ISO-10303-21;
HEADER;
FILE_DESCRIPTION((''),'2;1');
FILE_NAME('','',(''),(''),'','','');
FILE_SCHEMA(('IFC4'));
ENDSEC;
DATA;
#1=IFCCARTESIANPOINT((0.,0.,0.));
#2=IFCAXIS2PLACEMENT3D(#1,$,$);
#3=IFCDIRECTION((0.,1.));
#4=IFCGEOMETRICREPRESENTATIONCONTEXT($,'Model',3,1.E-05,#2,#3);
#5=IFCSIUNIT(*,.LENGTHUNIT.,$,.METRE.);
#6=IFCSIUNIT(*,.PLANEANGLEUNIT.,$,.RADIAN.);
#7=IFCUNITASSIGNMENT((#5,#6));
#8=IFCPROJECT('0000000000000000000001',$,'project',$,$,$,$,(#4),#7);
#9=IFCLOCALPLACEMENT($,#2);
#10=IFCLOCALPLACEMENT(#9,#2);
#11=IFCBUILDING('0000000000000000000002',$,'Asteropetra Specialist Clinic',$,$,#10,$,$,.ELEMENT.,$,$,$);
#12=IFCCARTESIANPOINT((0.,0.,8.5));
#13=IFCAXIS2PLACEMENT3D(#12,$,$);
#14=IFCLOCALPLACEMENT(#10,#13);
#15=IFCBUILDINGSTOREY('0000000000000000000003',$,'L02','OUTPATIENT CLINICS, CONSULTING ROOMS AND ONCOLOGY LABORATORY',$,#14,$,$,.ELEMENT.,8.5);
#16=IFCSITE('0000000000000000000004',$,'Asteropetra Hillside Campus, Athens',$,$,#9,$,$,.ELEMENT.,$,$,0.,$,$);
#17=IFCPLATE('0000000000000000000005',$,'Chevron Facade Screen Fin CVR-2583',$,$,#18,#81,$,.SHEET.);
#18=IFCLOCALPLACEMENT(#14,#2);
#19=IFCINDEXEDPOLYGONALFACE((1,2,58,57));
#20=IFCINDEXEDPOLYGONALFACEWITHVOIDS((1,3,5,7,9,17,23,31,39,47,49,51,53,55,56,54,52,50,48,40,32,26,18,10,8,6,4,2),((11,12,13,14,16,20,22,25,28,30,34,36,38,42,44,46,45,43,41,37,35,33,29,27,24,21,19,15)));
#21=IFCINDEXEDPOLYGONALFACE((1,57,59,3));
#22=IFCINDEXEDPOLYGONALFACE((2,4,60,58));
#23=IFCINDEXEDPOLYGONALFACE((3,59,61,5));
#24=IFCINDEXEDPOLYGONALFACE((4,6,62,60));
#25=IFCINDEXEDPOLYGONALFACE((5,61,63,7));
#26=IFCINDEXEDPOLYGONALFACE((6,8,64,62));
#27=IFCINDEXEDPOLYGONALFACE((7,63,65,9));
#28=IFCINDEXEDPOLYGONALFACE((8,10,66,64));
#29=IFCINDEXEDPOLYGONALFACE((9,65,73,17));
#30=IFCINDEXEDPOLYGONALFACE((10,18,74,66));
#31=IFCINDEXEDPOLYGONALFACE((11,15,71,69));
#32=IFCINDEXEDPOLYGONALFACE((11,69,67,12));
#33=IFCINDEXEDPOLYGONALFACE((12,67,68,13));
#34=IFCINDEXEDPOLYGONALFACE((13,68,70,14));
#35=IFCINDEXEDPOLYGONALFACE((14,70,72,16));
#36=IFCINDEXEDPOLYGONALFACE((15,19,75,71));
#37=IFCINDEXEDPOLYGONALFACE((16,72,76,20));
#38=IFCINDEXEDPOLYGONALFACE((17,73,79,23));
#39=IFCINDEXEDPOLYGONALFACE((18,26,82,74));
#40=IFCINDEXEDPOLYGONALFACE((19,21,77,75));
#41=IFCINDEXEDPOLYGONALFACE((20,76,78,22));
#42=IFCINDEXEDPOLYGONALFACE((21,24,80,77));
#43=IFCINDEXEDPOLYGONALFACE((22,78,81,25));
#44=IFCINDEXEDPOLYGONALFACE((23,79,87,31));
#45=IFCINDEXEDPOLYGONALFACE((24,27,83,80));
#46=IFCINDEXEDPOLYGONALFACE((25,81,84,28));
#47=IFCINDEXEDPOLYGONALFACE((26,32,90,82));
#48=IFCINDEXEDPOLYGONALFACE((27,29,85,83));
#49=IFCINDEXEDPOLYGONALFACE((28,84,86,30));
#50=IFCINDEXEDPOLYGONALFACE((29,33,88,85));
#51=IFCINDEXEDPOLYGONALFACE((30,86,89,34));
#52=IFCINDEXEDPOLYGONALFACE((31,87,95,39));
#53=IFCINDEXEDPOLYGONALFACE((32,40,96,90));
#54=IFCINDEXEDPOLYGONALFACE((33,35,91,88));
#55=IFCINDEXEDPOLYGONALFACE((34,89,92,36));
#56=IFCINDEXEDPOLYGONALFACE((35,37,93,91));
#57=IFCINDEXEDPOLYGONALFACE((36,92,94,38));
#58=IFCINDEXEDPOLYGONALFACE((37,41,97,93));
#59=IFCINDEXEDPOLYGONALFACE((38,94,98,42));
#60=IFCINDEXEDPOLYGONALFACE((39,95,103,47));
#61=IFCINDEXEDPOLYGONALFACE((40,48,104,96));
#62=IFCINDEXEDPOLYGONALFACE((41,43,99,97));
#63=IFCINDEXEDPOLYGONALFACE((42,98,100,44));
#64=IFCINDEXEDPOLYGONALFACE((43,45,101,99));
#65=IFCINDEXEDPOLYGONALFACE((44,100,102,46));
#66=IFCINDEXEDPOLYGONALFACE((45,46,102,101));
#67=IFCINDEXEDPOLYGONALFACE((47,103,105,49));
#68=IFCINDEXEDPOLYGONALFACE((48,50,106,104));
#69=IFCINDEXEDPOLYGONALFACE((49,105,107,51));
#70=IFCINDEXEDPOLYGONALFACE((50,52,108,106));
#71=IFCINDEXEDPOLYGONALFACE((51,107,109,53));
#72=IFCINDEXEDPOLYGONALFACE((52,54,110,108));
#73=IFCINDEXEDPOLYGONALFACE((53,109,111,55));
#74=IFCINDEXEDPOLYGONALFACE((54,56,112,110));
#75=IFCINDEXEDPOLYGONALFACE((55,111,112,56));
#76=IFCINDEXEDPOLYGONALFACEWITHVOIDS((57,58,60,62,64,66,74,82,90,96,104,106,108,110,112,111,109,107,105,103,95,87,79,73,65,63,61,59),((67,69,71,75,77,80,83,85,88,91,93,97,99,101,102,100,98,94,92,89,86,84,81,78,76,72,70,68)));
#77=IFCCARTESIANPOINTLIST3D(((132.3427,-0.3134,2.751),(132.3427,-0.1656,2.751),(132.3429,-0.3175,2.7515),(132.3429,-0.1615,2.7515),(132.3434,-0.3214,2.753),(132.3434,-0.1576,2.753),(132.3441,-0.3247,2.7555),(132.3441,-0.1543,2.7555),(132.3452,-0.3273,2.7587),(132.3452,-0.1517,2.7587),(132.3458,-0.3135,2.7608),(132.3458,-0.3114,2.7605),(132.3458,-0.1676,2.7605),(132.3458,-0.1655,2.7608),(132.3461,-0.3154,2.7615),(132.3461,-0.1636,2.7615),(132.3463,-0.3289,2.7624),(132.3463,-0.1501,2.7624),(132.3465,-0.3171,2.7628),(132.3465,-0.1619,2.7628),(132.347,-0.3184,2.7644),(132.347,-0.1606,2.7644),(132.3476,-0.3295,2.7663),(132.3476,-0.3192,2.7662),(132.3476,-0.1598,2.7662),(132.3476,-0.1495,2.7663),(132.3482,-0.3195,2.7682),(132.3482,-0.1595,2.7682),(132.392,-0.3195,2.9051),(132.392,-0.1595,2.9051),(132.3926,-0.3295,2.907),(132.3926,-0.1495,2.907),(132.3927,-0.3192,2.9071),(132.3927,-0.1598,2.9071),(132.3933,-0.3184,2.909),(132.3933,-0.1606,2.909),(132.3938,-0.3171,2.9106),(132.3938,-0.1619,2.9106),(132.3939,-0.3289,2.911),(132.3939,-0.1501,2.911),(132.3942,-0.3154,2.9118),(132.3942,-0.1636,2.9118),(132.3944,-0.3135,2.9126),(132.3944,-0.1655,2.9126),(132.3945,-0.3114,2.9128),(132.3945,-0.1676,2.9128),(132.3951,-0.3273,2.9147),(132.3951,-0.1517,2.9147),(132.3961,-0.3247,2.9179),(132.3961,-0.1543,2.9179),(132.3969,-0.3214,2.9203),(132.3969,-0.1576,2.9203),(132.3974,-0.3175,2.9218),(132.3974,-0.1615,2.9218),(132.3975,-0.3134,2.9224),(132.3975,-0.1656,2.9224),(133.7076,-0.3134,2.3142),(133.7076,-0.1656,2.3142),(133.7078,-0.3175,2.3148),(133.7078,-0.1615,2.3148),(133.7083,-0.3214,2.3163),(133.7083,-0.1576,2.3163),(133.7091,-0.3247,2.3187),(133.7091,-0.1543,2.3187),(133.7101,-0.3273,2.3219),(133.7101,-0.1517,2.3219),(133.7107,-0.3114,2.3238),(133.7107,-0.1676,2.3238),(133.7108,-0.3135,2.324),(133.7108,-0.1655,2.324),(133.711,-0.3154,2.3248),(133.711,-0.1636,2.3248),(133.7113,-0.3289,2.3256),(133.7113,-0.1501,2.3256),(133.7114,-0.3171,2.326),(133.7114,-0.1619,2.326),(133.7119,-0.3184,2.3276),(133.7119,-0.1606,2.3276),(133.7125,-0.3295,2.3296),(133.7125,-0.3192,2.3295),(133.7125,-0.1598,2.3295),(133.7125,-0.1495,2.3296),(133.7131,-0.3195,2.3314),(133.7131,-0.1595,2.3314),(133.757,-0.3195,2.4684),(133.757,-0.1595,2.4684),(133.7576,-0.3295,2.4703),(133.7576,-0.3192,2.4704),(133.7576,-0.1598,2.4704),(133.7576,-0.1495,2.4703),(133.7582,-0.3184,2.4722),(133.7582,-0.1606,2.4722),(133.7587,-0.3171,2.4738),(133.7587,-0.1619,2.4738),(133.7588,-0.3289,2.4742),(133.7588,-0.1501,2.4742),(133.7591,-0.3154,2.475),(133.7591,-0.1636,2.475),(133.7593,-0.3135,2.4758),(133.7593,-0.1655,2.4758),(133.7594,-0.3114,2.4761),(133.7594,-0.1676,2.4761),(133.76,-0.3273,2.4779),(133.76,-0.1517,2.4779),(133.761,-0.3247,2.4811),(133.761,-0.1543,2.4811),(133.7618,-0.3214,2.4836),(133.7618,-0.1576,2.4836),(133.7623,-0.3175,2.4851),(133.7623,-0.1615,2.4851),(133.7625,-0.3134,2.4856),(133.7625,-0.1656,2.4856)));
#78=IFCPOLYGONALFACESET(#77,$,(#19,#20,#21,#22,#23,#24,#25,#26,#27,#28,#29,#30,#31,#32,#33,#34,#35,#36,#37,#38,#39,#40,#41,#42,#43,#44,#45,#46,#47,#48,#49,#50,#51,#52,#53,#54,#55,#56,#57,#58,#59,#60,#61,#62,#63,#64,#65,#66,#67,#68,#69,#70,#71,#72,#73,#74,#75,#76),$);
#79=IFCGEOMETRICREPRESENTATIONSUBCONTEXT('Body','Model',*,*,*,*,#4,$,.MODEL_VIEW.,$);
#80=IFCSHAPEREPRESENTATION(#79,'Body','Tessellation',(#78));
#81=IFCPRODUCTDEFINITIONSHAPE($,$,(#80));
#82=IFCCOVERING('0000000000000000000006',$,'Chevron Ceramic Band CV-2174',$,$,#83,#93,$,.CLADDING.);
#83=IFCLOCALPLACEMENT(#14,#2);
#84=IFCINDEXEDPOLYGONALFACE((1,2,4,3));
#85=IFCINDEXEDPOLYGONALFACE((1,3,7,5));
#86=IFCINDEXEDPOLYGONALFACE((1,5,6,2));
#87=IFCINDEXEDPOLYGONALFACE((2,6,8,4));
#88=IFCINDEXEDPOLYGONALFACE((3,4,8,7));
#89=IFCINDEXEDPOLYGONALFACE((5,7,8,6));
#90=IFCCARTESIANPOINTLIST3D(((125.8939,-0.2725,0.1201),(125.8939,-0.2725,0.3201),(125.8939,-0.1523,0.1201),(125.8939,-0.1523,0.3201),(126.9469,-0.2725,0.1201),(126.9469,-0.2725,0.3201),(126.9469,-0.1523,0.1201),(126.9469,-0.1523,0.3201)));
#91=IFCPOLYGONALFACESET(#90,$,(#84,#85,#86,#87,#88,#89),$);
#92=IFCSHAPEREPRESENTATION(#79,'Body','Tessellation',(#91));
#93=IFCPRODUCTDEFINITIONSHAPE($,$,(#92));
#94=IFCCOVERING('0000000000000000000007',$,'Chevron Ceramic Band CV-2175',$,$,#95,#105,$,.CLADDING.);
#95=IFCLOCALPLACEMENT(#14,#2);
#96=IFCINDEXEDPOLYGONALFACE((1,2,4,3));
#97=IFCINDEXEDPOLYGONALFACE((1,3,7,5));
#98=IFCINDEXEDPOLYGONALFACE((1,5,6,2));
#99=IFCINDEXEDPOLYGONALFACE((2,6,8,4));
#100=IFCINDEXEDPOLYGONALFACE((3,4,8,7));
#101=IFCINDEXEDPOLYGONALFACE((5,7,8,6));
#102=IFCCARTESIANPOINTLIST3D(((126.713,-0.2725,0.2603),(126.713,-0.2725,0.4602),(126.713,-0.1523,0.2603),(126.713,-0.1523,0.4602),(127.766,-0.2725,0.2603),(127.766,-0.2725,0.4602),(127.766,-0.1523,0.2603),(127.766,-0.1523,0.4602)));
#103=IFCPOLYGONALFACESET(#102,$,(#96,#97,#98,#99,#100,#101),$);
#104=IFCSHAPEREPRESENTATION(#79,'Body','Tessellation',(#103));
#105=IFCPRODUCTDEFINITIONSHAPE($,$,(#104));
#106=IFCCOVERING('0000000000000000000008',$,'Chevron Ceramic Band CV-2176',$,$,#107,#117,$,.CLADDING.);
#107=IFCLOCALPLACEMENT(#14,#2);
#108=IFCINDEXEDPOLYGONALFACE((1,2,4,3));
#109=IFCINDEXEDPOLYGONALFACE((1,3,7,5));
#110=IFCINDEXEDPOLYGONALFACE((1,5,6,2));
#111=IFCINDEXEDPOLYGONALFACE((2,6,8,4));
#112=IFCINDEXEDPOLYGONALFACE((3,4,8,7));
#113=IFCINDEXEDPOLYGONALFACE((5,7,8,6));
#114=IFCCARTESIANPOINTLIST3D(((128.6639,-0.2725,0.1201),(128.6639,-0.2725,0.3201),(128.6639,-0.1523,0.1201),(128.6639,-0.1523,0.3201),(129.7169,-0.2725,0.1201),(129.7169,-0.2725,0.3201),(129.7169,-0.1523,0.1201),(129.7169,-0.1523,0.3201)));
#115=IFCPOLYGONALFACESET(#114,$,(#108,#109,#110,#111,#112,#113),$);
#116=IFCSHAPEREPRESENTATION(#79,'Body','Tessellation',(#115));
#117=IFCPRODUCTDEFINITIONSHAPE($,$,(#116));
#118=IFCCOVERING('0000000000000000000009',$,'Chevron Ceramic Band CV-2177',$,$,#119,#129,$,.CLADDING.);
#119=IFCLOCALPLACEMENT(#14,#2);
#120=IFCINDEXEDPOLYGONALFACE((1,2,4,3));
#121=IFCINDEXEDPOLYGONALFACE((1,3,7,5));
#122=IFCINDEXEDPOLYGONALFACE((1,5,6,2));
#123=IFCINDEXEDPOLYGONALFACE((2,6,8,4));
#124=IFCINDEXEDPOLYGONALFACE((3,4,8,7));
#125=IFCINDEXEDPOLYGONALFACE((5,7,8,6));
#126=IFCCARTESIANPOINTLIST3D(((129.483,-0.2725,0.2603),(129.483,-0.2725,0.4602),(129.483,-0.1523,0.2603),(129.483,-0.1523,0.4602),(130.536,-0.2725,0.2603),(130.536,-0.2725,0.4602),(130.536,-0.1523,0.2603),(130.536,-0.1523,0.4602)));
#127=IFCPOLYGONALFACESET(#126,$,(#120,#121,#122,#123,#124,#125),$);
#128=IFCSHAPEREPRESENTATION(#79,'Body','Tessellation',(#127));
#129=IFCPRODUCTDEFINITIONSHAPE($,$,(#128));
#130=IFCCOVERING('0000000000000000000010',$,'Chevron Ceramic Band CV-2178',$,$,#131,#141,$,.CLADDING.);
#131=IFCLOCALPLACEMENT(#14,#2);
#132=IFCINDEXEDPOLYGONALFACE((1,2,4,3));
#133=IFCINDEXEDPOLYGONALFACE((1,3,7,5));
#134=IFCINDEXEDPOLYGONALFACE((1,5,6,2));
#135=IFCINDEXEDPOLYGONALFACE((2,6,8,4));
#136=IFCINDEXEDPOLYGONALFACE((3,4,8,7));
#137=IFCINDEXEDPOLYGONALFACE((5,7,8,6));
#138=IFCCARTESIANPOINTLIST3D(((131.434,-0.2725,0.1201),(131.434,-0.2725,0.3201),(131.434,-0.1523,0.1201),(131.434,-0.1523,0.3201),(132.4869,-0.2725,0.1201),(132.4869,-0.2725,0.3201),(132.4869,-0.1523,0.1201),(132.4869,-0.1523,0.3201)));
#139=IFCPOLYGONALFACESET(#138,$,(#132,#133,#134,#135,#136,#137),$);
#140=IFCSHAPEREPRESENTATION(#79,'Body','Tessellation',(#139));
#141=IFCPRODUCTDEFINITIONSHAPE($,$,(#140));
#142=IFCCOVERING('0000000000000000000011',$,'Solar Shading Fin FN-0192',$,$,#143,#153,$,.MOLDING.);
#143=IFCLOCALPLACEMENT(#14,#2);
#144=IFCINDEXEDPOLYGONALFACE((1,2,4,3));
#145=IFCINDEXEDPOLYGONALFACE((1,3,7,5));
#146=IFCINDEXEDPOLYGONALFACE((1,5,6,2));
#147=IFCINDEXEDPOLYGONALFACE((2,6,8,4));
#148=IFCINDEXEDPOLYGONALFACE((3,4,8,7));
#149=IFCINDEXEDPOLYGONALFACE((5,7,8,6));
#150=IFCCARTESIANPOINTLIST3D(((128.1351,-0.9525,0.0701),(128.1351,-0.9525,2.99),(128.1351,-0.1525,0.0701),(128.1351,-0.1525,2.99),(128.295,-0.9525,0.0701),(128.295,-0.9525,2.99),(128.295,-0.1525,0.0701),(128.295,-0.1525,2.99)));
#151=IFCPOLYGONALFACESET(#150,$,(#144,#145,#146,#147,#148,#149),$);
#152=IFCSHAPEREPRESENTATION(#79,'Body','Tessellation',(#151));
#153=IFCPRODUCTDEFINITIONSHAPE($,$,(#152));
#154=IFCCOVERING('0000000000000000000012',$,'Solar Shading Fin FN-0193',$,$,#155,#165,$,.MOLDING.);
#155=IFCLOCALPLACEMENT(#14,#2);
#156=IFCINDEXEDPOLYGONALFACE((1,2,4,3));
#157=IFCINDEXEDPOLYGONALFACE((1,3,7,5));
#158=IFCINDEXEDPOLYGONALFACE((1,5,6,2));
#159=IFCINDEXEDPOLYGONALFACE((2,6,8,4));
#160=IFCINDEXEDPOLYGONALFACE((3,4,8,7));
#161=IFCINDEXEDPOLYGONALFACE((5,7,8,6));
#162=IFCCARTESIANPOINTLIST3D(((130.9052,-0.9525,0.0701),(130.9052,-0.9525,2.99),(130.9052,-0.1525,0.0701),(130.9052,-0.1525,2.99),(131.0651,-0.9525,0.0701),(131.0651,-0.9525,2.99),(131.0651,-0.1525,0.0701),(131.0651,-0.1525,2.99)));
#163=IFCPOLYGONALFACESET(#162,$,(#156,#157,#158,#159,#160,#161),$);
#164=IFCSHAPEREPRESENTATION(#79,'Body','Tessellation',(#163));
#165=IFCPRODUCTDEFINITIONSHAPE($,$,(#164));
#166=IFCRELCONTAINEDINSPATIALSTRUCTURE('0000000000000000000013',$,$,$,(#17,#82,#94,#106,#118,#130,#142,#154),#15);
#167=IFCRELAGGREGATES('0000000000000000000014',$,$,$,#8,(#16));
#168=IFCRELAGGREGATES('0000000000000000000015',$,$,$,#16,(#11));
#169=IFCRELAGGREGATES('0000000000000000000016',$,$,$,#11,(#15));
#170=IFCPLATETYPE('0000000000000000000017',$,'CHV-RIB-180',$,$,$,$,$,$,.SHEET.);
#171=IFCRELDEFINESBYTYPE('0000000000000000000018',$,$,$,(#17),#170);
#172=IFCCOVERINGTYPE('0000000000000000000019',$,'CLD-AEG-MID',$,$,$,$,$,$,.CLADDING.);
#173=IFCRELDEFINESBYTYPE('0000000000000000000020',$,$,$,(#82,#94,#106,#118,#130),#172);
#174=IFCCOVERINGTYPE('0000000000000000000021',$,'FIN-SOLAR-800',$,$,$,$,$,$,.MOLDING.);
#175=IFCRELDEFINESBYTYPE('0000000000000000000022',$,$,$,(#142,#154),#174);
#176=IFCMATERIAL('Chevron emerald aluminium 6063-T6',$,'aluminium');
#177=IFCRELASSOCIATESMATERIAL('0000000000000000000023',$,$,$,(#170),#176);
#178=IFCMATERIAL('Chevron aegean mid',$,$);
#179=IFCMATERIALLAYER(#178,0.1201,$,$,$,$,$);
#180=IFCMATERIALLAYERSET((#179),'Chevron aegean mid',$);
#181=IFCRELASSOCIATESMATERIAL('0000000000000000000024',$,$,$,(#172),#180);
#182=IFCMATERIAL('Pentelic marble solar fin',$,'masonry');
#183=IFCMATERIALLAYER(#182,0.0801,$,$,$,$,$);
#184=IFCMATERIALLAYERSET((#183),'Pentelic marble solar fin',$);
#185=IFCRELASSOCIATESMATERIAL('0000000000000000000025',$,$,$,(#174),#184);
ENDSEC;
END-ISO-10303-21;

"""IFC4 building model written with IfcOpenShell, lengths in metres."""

from ifc_helpers import new_model, si_unit, direction, frame, origin, origin_2d, place, context, subcontext, project, spatial, rectangle, hollow_rectangle, extrude, material, layer, layer_set, material_profile, profile_set, type_object, element, save


model = new_model("IFC4")

# Units and contexts
model_context = context("Model", 3, precision=1e-05, world=origin(), true_north=direction((0.0, 1.0)))
body_context = subcontext(model_context, "Body", "Model", "MODEL_VIEW")
ifc_project = project(units=[si_unit("LENGTHUNIT", "METRE"), si_unit("PLANEANGLEUNIT", "RADIAN")], contexts=[model_context])

# Site, building, storey
site_placement = place(None, origin())
site = spatial("IfcSite", under=ifc_project, at=site_placement, Name="Asteropetra Hillside Campus, Athens", CompositionType="ELEMENT", RefElevation=0.0)
building_placement = place(site_placement, origin())
building = spatial("IfcBuilding", under=site, at=building_placement, Name="Asteropetra Specialist Clinic", CompositionType="ELEMENT")
storey_placement = place(building_placement, frame((0.0, 0.0, 8.5)))
storey = spatial("IfcBuildingStorey", under=building, at=storey_placement, Name="L02", Description="OUTPATIENT CLINICS, CONSULTING ROOMS AND ONCOLOGY LABORATORY", CompositionType="ELEMENT", Elevation=8.5)

# Plate
ifc_material_1 = material(Name="Chevron emerald aluminium 6063-T6", Category="aluminium")
ifc_material_profile = material_profile(ifc_material_1, hollow_rectangle(XDim=0.1799, YDim=0.1799, WallThickness=0.01, InnerFilletRadius=0.0081, OuterFilletRadius=0.0161, at=origin_2d()), Name="SHS 180x180x10.0")
ifc_profile_set = profile_set([ifc_material_profile], Name="Chevron emerald aluminium 6063-T6")
plate_type = type_object("IfcPlateType", Name="CHV-RIB-180", PredefinedType="SHEET", material=ifc_profile_set)
plate_1_placement = place(storey_placement, frame((132.3701, -0.2395, 2.8367), z_axis=(0.95243, 0.0, -0.304757), x_axis=(0.0, 1.0, 0.0)))
element("IfcPlate", 1, at=plate_1_placement, inside=storey, type_object=plate_type, Name="Chevron Facade Screen Fin CVR-2583", PredefinedType="SHEET", context=body_context, shape_type="SweptSolid", body=[
    extrude(hollow_rectangle(XDim=0.1799, YDim=0.1799, WallThickness=0.01, InnerFilletRadius=0.0081, OuterFilletRadius=0.0161, at=origin_2d()), origin(), (0.0, 0.0, 1.0), 1.4331),
])

# Coverings
ifc_material_2 = material(Name="Chevron aegean mid")
ifc_layer_1 = layer(ifc_material_2, 0.1201)
ifc_layer_set_1 = layer_set([ifc_layer_1], Name="Chevron aegean mid")
covering_type_1 = type_object("IfcCoveringType", Name="CLD-AEG-MID", PredefinedType="CLADDING", material=ifc_layer_set_1)
for number, where, z_axis, x_axis, name in (
    (2, (126.4204, -0.2124, 0.1201), (0.0, 0.0, 1.0), (1.0, 0.0, 0.0), "Chevron Ceramic Band CV-2174"),
    (3, (127.2395, -0.2124, 0.2603), (0.0, 0.0, 1.0), (1.0, 0.0, 0.0), "Chevron Ceramic Band CV-2175"),
    (4, (129.1904, -0.2124, 0.1201), (0.0, 0.0, 1.0), (1.0, 0.0, 0.0), "Chevron Ceramic Band CV-2176"),
    (5, (130.0095, -0.2124, 0.2603), (0.0, 0.0, 1.0), (1.0, 0.0, 0.0), "Chevron Ceramic Band CV-2177"),
    (6, (131.9604, -0.2124, 0.1201), (0.0, 0.0, 1.0), (1.0, 0.0, 0.0), "Chevron Ceramic Band CV-2178"),
):
    element("IfcCovering", number, at=place(storey_placement, frame(where, z_axis=z_axis, x_axis=x_axis)), inside=storey, type_object=covering_type_1, Name=name, PredefinedType="CLADDING", context=body_context, shape_type="SweptSolid", body=[
        extrude(rectangle(XDim=1.053, YDim=0.1201, at=origin_2d()), origin(), (0.0, 0.0, 1.0), 0.2),
    ])
ifc_material_3 = material(Name="Pentelic marble solar fin", Category="masonry")
ifc_layer_2 = layer(ifc_material_3, 0.0801)
ifc_layer_set_2 = layer_set([ifc_layer_2], Name="Pentelic marble solar fin")
covering_type_2 = type_object("IfcCoveringType", Name="FIN-SOLAR-800", PredefinedType="MOLDING", material=ifc_layer_set_2)
for number, where, z_axis, x_axis, name in (
    (7, (128.2151, -0.5525, 0.0701), (0.0, 0.0, 1.0), (1.0, 0.0, 0.0), "Solar Shading Fin FN-0192"),
    (8, (130.9851, -0.5525, 0.0701), (0.0, 0.0, 1.0), (1.0, 0.0, 0.0), "Solar Shading Fin FN-0193"),
):
    element("IfcCovering", number, at=place(storey_placement, frame(where, z_axis=z_axis, x_axis=x_axis)), inside=storey, type_object=covering_type_2, Name=name, PredefinedType="MOLDING", context=body_context, shape_type="SweptSolid", body=[
        extrude(rectangle(XDim=0.1599, YDim=0.8, at=origin_2d()), origin(), (0.0, 0.0, 1.0), 2.9199),
    ])

save(model, "model.ifc")
